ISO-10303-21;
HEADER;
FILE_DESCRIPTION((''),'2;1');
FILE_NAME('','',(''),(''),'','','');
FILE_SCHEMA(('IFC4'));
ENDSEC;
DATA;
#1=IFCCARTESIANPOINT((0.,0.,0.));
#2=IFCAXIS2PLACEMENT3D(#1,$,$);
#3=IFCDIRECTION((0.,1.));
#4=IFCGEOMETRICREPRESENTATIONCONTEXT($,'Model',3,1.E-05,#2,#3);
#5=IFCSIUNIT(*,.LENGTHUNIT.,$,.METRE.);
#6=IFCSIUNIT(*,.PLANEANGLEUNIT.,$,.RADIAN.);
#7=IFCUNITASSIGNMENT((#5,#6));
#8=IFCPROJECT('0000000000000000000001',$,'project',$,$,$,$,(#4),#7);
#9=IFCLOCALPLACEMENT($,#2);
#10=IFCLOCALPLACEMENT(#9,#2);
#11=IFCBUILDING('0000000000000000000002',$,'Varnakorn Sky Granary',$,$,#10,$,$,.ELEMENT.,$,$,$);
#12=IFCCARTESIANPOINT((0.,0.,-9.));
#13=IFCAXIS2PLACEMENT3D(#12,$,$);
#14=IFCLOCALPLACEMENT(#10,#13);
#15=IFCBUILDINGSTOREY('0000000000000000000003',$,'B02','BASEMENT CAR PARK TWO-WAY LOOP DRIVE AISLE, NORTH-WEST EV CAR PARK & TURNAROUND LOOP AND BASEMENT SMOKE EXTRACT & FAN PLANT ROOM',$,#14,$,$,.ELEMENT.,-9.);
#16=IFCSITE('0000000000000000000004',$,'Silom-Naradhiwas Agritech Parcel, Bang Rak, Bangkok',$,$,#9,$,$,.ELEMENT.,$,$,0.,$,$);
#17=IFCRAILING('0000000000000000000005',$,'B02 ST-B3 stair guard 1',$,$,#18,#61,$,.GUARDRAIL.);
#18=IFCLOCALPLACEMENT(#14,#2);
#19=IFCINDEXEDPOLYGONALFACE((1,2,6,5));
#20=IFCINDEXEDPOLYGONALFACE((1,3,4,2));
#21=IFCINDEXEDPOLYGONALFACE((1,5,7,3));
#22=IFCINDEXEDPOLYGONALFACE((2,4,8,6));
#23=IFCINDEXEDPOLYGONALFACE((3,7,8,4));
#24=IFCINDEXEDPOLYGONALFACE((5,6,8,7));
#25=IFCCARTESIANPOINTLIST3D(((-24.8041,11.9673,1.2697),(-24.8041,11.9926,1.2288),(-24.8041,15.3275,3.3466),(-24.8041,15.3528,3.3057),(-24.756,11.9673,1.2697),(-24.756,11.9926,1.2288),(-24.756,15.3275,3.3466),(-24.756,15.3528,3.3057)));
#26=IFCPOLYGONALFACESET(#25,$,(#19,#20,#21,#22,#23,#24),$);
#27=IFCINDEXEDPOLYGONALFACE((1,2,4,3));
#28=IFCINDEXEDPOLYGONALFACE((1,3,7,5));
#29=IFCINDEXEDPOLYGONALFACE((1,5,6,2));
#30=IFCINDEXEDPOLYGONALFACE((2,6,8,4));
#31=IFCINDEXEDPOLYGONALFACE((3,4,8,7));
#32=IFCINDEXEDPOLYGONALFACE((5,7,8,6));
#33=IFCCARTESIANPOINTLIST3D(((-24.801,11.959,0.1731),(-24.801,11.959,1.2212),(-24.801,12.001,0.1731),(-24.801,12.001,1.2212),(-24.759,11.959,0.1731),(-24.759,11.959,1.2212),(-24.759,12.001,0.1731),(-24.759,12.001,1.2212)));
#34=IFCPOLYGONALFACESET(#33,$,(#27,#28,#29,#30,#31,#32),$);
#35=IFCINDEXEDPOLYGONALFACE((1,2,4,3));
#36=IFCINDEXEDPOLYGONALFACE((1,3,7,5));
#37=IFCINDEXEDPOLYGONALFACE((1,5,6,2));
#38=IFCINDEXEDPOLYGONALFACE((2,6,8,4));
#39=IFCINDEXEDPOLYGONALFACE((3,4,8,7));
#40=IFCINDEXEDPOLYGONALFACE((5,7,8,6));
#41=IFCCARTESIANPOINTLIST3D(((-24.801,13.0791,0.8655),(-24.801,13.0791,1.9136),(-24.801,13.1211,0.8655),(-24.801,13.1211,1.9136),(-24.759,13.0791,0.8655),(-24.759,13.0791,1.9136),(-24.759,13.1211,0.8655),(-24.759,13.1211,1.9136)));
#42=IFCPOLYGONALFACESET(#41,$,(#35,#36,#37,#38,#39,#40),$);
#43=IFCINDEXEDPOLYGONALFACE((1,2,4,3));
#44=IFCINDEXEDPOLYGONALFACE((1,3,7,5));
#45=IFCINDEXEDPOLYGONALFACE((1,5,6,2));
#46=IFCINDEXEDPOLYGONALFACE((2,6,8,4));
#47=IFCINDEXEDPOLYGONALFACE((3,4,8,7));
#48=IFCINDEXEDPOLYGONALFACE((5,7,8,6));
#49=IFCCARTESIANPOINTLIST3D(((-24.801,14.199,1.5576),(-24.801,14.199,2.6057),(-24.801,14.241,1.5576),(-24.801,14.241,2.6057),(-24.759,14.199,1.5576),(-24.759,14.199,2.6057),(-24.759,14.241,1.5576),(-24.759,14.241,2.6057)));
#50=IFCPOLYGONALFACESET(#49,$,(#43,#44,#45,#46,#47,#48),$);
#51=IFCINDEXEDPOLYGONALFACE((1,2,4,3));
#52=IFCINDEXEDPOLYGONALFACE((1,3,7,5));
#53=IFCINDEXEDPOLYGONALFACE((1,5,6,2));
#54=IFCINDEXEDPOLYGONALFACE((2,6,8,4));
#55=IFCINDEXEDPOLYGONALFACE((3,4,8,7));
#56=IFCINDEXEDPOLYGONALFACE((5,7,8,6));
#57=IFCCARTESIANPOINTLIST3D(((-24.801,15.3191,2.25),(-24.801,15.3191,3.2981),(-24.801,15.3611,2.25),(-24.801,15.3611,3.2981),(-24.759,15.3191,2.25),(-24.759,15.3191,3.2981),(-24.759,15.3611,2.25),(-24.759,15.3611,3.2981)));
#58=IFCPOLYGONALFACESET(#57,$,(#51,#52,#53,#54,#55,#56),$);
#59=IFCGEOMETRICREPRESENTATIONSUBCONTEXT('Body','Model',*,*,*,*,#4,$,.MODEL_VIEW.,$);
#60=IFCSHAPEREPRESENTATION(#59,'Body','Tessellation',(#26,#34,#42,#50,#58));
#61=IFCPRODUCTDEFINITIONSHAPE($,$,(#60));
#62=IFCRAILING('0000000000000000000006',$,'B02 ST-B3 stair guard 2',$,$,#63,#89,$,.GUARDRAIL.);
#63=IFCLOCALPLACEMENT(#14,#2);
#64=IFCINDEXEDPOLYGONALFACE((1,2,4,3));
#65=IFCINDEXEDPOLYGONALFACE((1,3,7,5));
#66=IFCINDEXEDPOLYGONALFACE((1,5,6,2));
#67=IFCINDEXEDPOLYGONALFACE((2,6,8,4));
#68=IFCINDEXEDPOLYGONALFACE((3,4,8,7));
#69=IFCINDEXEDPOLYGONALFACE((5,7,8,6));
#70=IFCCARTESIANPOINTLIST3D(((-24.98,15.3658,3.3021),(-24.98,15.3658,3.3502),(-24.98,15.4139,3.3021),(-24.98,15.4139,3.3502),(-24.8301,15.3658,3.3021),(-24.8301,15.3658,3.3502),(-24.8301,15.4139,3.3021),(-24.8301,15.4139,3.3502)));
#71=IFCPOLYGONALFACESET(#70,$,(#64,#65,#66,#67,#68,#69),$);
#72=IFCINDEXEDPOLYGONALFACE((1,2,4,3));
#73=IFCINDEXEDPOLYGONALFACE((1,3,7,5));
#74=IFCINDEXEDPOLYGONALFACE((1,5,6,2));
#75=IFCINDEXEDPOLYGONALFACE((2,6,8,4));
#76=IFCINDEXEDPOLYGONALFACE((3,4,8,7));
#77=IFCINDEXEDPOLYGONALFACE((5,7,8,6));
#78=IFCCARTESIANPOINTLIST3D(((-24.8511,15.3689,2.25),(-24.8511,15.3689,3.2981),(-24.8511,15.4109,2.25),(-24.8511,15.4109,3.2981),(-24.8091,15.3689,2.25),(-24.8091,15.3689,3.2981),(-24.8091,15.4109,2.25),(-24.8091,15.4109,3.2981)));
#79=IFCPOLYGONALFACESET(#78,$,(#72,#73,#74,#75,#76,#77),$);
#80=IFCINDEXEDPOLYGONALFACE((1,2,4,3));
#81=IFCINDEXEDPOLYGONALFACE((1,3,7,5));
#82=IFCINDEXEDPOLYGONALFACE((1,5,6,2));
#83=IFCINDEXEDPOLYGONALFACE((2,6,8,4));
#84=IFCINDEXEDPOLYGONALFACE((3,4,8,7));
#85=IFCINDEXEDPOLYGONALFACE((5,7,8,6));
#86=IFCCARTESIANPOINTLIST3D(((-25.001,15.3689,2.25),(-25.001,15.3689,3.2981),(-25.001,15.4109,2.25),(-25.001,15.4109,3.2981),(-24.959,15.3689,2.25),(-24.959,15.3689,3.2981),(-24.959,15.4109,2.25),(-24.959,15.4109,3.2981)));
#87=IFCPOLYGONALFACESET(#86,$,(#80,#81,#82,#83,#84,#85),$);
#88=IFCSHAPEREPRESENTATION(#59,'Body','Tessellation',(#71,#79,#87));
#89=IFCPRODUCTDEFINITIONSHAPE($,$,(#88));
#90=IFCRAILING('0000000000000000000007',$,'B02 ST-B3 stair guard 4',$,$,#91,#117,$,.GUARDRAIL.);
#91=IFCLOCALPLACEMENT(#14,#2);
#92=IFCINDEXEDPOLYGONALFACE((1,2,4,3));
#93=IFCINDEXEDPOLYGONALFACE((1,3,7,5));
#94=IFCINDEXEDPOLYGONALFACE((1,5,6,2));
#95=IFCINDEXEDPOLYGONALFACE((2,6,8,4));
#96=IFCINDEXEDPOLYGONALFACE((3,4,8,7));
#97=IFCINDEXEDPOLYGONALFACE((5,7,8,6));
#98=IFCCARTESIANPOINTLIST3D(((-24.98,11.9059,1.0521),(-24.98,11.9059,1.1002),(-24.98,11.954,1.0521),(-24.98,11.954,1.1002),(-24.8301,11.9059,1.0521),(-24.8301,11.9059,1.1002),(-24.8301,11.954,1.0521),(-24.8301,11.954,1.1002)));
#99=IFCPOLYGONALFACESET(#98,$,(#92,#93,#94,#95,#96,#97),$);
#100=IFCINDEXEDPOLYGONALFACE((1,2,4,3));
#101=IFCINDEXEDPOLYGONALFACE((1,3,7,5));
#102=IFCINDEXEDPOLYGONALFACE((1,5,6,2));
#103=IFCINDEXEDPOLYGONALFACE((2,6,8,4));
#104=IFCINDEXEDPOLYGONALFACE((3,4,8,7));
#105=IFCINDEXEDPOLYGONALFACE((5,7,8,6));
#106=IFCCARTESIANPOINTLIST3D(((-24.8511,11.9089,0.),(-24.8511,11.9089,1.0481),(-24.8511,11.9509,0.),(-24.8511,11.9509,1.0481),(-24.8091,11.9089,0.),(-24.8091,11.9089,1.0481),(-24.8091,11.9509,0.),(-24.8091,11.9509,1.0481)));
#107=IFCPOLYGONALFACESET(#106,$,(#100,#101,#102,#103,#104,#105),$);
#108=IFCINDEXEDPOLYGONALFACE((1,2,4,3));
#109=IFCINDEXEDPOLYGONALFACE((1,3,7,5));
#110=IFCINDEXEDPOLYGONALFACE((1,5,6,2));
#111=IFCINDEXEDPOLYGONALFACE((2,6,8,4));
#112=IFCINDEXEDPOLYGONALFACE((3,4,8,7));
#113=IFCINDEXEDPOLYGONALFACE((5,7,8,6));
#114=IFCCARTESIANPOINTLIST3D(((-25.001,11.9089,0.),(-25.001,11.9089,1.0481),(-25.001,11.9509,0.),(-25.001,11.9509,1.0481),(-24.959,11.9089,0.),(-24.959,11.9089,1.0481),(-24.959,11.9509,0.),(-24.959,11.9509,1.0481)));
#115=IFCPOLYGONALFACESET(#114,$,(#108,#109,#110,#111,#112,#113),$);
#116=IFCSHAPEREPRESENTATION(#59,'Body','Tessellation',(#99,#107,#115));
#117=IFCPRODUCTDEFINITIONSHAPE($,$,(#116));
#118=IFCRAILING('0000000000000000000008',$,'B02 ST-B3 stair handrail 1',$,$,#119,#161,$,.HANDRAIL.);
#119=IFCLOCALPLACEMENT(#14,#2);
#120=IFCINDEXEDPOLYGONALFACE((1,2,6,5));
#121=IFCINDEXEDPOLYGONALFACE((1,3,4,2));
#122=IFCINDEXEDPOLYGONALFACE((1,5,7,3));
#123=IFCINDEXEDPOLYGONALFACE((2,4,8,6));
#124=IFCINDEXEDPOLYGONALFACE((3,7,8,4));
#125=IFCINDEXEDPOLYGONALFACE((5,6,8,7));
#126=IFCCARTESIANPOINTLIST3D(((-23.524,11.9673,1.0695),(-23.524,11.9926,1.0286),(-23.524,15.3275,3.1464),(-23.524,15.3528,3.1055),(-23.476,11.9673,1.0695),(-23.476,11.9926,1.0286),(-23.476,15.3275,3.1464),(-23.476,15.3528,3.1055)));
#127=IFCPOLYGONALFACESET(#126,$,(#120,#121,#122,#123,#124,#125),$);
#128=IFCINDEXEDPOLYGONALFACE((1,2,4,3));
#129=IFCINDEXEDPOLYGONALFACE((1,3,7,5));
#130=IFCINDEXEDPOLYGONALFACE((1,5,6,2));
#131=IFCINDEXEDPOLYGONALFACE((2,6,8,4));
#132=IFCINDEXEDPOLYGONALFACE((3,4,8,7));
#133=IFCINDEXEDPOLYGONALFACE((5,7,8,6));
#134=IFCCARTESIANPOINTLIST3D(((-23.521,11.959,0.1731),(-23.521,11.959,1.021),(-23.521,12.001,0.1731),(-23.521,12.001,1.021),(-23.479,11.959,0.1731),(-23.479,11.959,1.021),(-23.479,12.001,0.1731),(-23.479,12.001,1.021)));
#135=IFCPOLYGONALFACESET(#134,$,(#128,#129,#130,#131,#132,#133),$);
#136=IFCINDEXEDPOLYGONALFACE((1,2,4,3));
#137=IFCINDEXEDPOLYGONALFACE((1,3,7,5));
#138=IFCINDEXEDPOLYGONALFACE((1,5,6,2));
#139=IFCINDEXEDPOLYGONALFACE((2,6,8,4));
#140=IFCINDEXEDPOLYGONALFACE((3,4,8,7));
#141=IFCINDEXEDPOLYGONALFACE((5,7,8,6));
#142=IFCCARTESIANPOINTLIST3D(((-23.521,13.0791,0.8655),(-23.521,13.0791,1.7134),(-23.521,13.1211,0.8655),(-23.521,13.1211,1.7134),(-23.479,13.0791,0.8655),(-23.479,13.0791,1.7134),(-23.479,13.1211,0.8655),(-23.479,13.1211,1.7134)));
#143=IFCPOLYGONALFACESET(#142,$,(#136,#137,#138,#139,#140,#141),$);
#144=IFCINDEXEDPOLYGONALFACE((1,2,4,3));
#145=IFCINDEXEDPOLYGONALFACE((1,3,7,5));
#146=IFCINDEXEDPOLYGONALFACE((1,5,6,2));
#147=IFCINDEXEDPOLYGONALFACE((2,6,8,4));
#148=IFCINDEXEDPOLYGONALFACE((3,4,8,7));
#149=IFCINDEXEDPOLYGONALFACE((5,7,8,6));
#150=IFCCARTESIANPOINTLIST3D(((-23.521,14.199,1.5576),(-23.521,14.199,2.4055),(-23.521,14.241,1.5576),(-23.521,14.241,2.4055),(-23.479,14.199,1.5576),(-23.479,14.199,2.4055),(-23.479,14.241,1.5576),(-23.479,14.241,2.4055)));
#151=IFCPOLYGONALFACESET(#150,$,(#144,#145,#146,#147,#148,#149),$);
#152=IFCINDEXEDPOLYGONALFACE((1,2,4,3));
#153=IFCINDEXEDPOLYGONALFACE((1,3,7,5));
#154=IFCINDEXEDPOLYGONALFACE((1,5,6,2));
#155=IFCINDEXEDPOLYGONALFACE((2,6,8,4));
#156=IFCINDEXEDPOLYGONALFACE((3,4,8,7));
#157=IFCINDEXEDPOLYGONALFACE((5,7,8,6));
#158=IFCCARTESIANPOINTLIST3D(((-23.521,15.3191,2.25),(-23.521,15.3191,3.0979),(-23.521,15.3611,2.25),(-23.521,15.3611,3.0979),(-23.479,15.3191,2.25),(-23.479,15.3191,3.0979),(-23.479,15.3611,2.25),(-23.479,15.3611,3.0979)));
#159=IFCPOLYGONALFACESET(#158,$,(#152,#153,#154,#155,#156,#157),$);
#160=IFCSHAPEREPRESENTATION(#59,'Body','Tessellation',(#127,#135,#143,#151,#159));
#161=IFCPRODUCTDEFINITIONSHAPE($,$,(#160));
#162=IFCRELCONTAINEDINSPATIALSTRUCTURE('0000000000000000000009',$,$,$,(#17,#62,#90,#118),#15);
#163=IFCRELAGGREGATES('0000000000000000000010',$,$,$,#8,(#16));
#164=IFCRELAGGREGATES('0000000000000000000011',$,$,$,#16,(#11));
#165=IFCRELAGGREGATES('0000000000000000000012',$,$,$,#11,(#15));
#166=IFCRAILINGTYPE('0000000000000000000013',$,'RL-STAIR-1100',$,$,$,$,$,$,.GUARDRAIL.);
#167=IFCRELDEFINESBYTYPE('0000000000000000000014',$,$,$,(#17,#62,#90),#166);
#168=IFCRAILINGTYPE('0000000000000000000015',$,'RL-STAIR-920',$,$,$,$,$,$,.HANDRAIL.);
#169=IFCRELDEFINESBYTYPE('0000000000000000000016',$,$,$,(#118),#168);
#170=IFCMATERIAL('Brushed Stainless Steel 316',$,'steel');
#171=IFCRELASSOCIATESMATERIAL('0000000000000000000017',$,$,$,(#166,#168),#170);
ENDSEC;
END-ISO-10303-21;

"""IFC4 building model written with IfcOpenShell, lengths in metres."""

from ifc_helpers import new_model, si_unit, direction, frame, origin, origin_2d, place, context, subcontext, project, spatial, rectangle, extrude, material, type_object, element, save


model = new_model("IFC4")

# Units and contexts
model_context = context("Model", 3, precision=1e-05, world=origin(), true_north=direction((0.0, 1.0)))
body_context = subcontext(model_context, "Body", "Model", "MODEL_VIEW")
ifc_project = project(units=[si_unit("LENGTHUNIT", "METRE"), si_unit("PLANEANGLEUNIT", "RADIAN")], contexts=[model_context])

# Site, building, storey
site_placement = place(None, origin())
site = spatial("IfcSite", under=ifc_project, at=site_placement, Name="Silom-Naradhiwas Agritech Parcel, Bang Rak, Bangkok", CompositionType="ELEMENT", RefElevation=0.0)
building_placement = place(site_placement, origin())
building = spatial("IfcBuilding", under=site, at=building_placement, Name="Varnakorn Sky Granary", CompositionType="ELEMENT")
storey_placement = place(building_placement, frame((0.0, 0.0, -9.0)))
storey = spatial("IfcBuildingStorey", under=building, at=storey_placement, Name="B02", Description="BASEMENT CAR PARK TWO-WAY LOOP DRIVE AISLE, NORTH-WEST EV CAR PARK & TURNAROUND LOOP AND BASEMENT SMOKE EXTRACT & FAN PLANT ROOM", CompositionType="ELEMENT", Elevation=-9.0)

# Railings
ifc_material_1 = material(Name="Brushed Stainless Steel 316", Category="steel")
railing_type_1 = type_object("IfcRailingType", Name="RL-STAIR-1100", PredefinedType="GUARDRAIL", material=ifc_material_1)
railing_1_placement = place(storey_placement, frame((-24.78, 11.98, 0.1731)))
element("IfcRailing", 1, at=railing_1_placement, inside=storey, type_object=railing_type_1, Name="B02 ST-B3 stair guard 1", PredefinedType="GUARDRAIL", context=body_context, shape_type="SweptSolid", body=[
    extrude(rectangle(XDim=0.0481, YDim=0.0481, at=origin_2d()), frame((0.0, 0.0, 1.0762), z_axis=(0.0, 0.850623, 0.525776), x_axis=(-1.0, 0.0, 0.0)), (0.0, 0.0, 1.0), 3.9502),
    extrude(rectangle(XDim=0.042, YDim=0.042, at=origin_2d()), origin(), (0.0, 0.0, 1.0), 1.0481),
    extrude(rectangle(XDim=0.042, YDim=0.042, at=origin_2d()), frame((0.0, 1.1201, 0.6924)), (0.0, 0.0, 1.0), 1.0481),
    extrude(rectangle(XDim=0.042, YDim=0.042, at=origin_2d()), frame((0.0, 2.24, 1.3845)), (0.0, 0.0, 1.0), 1.0481),
    extrude(rectangle(XDim=0.042, YDim=0.042, at=origin_2d()), frame((0.0, 3.3601, 2.0769)), (0.0, 0.0, 1.0), 1.0481),
])
for number, where, name in (
    (2, (-24.8301, 15.3899, 2.25), "B02 ST-B3 stair guard 2"),
    (3, (-24.8301, 11.9299, 0.0), "B02 ST-B3 stair guard 4"),
):
    element("IfcRailing", number, at=place(storey_placement, frame(where)), inside=storey, type_object=railing_type_1, Name=name, PredefinedType="GUARDRAIL", context=body_context, shape_type="SweptSolid", body=[
        extrude(rectangle(XDim=0.0481, YDim=0.0481, at=origin_2d()), frame((0.0, 0.0, 1.0762), z_axis=(-1.0, 0.0, 0.0), x_axis=(0.0, -1.0, 0.0)), (0.0, 0.0, 1.0), 0.1499),
        extrude(rectangle(XDim=0.042, YDim=0.042, at=origin_2d()), origin(), (0.0, 0.0, 1.0), 1.0481),
        extrude(rectangle(XDim=0.042, YDim=0.042, at=origin_2d()), frame((-0.1499, 0.0, 0.0)), (0.0, 0.0, 1.0), 1.0481),
    ])
railing_type_2 = type_object("IfcRailingType", Name="RL-STAIR-920", PredefinedType="HANDRAIL", material=ifc_material_1)
railing_2_placement = place(storey_placement, frame((-23.5, 11.98, 0.1731)))
element("IfcRailing", 4, at=railing_2_placement, inside=storey, type_object=railing_type_2, Name="B02 ST-B3 stair handrail 1", PredefinedType="HANDRAIL", context=body_context, shape_type="SweptSolid", body=[
    extrude(rectangle(XDim=0.0481, YDim=0.0481, at=origin_2d()), frame((0.0, 0.0, 0.876), z_axis=(0.0, 0.850623, 0.525776), x_axis=(-1.0, 0.0, 0.0)), (0.0, 0.0, 1.0), 3.9502),
    extrude(rectangle(XDim=0.042, YDim=0.042, at=origin_2d()), origin(), (0.0, 0.0, 1.0), 0.8479),
    extrude(rectangle(XDim=0.042, YDim=0.042, at=origin_2d()), frame((0.0, 1.1201, 0.6924)), (0.0, 0.0, 1.0), 0.8479),
    extrude(rectangle(XDim=0.042, YDim=0.042, at=origin_2d()), frame((0.0, 2.24, 1.3845)), (0.0, 0.0, 1.0), 0.8479),
    extrude(rectangle(XDim=0.042, YDim=0.042, at=origin_2d()), frame((0.0, 3.3601, 2.0769)), (0.0, 0.0, 1.0), 0.8479),
])

save(model, "model.ifc")
